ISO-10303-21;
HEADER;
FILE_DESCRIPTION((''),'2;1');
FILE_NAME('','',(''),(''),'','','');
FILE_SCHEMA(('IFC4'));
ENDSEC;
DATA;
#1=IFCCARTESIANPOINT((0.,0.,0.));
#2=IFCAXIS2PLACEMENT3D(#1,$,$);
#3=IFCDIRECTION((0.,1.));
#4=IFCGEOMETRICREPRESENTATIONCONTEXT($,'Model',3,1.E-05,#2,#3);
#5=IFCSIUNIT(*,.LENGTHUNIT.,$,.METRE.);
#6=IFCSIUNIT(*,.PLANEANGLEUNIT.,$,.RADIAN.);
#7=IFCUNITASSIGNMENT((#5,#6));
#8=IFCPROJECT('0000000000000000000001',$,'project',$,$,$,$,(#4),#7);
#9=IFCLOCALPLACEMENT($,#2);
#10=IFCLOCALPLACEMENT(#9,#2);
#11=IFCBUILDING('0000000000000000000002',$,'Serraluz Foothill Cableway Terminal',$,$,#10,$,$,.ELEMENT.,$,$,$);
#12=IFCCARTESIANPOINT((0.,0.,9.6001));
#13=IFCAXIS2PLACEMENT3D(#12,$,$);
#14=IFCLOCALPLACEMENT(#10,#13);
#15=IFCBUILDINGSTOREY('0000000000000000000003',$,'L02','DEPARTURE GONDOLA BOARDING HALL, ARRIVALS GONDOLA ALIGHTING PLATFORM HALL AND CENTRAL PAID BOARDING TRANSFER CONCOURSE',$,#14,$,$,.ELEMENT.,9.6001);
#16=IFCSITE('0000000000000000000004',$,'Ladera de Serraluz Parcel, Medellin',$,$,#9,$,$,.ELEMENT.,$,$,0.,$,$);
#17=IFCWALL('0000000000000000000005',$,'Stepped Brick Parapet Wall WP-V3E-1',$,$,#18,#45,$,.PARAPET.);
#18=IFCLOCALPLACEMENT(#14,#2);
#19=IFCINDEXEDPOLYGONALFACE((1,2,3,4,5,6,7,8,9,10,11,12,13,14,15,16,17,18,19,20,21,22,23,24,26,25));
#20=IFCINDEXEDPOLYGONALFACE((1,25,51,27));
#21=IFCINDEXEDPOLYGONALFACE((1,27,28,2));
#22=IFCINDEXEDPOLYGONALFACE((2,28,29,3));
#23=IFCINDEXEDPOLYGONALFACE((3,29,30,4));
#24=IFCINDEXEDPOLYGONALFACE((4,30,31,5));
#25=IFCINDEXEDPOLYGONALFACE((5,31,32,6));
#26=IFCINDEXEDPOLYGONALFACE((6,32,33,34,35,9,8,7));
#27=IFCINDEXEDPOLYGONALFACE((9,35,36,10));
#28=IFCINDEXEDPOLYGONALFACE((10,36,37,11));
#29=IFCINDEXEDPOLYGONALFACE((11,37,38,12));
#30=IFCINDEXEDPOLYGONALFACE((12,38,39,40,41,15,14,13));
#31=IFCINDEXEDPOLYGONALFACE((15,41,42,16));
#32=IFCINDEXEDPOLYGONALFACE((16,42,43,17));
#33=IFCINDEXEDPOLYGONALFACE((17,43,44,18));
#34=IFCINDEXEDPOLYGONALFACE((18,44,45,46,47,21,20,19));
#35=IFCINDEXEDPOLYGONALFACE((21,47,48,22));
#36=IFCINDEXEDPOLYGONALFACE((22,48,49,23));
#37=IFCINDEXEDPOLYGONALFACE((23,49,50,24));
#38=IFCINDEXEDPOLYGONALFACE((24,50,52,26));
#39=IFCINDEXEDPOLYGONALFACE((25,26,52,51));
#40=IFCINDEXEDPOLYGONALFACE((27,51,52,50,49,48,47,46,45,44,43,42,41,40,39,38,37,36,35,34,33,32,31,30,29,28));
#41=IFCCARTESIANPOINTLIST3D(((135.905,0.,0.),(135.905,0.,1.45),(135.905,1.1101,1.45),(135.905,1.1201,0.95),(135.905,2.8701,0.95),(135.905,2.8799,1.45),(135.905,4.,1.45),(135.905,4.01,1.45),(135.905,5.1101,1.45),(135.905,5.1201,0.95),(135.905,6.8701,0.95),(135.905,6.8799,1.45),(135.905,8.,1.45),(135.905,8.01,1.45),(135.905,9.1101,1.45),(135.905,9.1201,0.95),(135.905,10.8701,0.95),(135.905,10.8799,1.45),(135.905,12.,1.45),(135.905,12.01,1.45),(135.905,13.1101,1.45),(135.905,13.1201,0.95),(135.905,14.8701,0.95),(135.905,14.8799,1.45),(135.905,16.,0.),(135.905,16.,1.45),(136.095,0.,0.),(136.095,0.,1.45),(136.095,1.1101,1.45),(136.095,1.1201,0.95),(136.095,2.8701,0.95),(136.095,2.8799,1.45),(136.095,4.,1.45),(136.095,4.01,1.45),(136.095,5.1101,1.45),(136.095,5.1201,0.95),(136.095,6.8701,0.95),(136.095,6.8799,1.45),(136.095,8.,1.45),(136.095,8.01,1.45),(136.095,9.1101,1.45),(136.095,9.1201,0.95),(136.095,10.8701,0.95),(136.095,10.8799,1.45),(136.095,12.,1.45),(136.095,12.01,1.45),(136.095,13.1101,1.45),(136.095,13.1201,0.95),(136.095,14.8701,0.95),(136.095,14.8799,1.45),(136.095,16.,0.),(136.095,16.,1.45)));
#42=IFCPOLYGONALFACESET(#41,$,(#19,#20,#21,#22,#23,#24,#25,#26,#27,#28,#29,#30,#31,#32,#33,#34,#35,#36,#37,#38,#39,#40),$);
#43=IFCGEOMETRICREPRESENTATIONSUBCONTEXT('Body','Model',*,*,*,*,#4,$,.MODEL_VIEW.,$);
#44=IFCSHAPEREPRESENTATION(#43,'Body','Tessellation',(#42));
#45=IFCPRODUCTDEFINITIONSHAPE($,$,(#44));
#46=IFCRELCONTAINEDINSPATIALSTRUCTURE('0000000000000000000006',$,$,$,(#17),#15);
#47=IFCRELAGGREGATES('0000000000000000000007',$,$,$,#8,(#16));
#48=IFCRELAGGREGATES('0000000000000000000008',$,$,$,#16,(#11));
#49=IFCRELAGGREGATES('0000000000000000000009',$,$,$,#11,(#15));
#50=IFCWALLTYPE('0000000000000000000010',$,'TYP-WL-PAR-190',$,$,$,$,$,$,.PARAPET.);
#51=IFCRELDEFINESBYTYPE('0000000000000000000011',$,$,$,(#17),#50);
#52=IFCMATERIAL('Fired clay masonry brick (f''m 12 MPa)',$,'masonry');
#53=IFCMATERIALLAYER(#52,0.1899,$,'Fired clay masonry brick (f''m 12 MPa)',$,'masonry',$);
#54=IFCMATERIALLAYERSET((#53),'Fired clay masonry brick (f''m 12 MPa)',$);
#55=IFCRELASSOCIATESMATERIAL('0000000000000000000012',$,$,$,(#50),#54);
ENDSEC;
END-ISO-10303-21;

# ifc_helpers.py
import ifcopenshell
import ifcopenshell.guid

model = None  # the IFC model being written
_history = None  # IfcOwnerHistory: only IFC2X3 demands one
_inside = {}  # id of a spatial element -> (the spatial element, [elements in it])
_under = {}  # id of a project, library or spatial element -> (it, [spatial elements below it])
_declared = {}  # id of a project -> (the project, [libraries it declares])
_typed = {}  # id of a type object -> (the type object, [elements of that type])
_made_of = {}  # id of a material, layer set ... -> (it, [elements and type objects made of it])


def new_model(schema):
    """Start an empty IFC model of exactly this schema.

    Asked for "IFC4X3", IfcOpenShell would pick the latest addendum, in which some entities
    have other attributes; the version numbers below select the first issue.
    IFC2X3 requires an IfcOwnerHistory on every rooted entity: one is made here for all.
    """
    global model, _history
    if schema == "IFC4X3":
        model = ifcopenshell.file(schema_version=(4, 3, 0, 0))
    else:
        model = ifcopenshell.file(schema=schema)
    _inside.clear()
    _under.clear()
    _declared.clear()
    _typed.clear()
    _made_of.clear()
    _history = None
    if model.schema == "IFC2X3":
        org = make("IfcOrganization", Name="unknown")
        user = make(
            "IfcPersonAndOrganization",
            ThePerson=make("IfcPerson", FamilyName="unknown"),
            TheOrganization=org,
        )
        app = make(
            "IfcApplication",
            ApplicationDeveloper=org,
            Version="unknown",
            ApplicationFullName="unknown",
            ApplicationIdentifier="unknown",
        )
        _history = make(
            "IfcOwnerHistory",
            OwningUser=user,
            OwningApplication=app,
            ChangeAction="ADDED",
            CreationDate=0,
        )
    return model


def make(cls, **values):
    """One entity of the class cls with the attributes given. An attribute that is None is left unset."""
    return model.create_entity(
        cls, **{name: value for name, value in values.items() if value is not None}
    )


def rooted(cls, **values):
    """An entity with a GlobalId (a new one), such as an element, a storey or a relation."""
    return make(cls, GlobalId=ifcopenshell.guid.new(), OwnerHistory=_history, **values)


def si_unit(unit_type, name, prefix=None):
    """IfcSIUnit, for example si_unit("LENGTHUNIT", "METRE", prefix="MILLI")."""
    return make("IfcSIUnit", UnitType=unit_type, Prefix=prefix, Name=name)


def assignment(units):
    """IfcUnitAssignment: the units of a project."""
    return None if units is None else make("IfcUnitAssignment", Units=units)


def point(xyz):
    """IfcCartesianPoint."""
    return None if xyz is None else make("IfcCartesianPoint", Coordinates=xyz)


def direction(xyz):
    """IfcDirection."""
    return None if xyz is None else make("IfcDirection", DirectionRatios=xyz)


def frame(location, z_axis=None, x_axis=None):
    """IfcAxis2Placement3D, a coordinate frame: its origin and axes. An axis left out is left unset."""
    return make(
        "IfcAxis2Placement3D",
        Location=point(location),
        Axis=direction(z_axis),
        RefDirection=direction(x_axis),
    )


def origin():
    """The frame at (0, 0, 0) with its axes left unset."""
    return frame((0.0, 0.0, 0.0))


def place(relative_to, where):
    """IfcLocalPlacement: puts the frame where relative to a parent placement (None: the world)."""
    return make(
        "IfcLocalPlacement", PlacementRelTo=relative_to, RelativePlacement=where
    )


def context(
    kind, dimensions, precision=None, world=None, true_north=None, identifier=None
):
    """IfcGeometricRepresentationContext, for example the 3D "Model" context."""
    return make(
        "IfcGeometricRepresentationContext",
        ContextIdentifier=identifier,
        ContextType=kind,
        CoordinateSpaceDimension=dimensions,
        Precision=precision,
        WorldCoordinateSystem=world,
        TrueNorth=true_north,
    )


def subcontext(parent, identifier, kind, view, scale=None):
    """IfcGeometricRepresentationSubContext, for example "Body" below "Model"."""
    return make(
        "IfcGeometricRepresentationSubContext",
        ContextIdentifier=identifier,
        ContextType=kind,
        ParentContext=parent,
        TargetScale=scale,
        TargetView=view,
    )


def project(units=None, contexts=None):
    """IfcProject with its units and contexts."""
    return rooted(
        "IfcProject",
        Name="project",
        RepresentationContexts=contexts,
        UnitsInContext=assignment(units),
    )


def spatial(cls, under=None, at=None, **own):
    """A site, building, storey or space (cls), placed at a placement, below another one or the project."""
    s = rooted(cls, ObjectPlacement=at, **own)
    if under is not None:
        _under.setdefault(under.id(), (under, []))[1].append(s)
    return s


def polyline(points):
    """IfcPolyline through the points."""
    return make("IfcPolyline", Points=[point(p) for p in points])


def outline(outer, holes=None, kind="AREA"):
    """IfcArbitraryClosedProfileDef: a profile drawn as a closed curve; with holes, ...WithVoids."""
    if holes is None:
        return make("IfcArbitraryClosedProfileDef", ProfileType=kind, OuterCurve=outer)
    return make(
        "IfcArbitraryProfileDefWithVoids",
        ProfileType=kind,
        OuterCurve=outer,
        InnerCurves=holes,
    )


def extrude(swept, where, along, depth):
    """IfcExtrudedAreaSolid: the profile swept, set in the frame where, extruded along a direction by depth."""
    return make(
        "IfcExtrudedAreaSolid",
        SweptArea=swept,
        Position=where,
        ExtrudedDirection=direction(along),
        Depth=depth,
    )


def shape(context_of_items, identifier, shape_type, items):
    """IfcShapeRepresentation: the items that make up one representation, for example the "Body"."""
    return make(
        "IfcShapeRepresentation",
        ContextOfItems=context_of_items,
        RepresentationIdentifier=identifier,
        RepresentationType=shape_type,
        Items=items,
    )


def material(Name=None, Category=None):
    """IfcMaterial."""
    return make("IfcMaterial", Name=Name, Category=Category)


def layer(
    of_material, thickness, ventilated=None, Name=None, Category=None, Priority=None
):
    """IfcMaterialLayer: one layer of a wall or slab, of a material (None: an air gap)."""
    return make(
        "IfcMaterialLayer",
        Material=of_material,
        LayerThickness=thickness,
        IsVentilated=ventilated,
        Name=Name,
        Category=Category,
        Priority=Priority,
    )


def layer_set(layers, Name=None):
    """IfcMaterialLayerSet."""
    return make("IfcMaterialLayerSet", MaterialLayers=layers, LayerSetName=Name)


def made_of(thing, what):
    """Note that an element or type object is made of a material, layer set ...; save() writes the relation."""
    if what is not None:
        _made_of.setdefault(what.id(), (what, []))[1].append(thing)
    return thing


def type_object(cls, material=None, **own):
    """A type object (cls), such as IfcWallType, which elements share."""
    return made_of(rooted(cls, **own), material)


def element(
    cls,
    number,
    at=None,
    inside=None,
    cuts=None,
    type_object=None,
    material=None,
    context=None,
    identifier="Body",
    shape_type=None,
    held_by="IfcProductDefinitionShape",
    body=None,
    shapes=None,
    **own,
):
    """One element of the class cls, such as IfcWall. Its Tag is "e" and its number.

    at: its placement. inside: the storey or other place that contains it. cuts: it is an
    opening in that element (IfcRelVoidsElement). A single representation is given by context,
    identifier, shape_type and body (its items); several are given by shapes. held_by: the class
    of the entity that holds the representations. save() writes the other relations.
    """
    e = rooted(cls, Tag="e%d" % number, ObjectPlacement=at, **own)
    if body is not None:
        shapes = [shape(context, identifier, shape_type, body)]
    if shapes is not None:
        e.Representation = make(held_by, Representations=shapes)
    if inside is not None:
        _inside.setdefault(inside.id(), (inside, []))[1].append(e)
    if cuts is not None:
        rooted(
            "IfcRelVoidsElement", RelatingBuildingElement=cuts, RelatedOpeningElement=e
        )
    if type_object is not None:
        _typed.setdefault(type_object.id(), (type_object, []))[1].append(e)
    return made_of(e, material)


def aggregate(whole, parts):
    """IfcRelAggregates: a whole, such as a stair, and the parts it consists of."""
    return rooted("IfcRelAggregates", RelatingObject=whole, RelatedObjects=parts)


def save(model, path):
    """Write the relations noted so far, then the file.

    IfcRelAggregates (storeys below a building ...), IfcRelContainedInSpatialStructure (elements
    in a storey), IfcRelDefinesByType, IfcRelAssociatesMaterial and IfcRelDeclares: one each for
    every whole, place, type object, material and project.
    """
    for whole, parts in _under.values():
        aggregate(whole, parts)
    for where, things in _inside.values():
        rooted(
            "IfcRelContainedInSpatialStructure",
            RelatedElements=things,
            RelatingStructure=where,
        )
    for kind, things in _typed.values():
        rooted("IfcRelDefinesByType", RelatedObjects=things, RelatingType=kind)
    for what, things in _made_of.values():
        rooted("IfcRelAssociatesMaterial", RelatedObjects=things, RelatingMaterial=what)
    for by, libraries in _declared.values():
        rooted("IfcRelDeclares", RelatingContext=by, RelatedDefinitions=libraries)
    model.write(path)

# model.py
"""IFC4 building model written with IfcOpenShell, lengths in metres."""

from ifc_helpers import new_model, si_unit, direction, frame, origin, place, context, subcontext, project, spatial, polyline, outline, extrude, material, layer, layer_set, type_object, element, save


model = new_model("IFC4")

# Units and contexts
model_context = context("Model", 3, precision=1e-05, world=origin(), true_north=direction((0.0, 1.0)))
body_context = subcontext(model_context, "Body", "Model", "MODEL_VIEW")
ifc_project = project(units=[si_unit("LENGTHUNIT", "METRE"), si_unit("PLANEANGLEUNIT", "RADIAN")], contexts=[model_context])

# Site, building, storey
site_placement = place(None, origin())
site = spatial("IfcSite", under=ifc_project, at=site_placement, Name="Ladera de Serraluz Parcel, Medellin", CompositionType="ELEMENT", RefElevation=0.0)
building_placement = place(site_placement, origin())
building = spatial("IfcBuilding", under=site, at=building_placement, Name="Serraluz Foothill Cableway Terminal", CompositionType="ELEMENT")
storey_placement = place(building_placement, frame((0.0, 0.0, 9.6001)))
storey = spatial("IfcBuildingStorey", under=building, at=storey_placement, Name="L02", Description="DEPARTURE GONDOLA BOARDING HALL, ARRIVALS GONDOLA ALIGHTING PLATFORM HALL AND CENTRAL PAID BOARDING TRANSFER CONCOURSE", CompositionType="ELEMENT", Elevation=9.6001)

# Shared definitions
ifc_material_1 = material(Name="Fired clay masonry brick (f'm 12 MPa)", Category="masonry")

# Wall
ifc_layer_1 = layer(ifc_material_1, 0.1899, Name="Fired clay masonry brick (f'm 12 MPa)", Category="masonry")
ifc_layer_set_1 = layer_set([ifc_layer_1], Name="Fired clay masonry brick (f'm 12 MPa)")
wall_type_1 = type_object("IfcWallType", Name="TYP-WL-PAR-190", PredefinedType="PARAPET", material=ifc_layer_set_1)
wall_1_placement = place(storey_placement, frame((136.0, 16.0, 0.0), z_axis=(0.0, 0.0, 1.0), x_axis=(0.0, -1.0, 0.0)))
element("IfcWall", 1, at=wall_1_placement, inside=storey, type_object=wall_type_1, Name="Stepped Brick Parapet Wall WP-V3E-1", PredefinedType="PARAPET", context=body_context, shape_type="SweptSolid", body=[
    extrude(outline(polyline([(0.0, 0.0), (16.0, 0.0), (16.0, 1.45), (14.8899, 1.45), (14.8799, 0.95), (13.1299, 0.95), (13.1201, 1.45), (12.0, 1.45), (11.99, 1.45), (10.8899, 1.45), (10.8799, 0.95), (9.1299, 0.95), (9.1201, 1.45), (8.0, 1.45), (7.99, 1.45), (6.8899, 1.45), (6.8799, 0.95), (5.1299, 0.95), (5.1201, 1.45), (4.0, 1.45), (3.99, 1.45), (2.8899, 1.45), (2.8799, 0.95), (1.1299, 0.95), (1.1201, 1.45), (0.0, 1.45), (0.0, 0.0)])), frame((0.0, 0.095, 0.0), z_axis=(0.0, -1.0, 0.0), x_axis=(1.0, 0.0, 0.0)), (0.0, 0.0, 1.0), 0.1899),
])

save(model, "model.ifc")
